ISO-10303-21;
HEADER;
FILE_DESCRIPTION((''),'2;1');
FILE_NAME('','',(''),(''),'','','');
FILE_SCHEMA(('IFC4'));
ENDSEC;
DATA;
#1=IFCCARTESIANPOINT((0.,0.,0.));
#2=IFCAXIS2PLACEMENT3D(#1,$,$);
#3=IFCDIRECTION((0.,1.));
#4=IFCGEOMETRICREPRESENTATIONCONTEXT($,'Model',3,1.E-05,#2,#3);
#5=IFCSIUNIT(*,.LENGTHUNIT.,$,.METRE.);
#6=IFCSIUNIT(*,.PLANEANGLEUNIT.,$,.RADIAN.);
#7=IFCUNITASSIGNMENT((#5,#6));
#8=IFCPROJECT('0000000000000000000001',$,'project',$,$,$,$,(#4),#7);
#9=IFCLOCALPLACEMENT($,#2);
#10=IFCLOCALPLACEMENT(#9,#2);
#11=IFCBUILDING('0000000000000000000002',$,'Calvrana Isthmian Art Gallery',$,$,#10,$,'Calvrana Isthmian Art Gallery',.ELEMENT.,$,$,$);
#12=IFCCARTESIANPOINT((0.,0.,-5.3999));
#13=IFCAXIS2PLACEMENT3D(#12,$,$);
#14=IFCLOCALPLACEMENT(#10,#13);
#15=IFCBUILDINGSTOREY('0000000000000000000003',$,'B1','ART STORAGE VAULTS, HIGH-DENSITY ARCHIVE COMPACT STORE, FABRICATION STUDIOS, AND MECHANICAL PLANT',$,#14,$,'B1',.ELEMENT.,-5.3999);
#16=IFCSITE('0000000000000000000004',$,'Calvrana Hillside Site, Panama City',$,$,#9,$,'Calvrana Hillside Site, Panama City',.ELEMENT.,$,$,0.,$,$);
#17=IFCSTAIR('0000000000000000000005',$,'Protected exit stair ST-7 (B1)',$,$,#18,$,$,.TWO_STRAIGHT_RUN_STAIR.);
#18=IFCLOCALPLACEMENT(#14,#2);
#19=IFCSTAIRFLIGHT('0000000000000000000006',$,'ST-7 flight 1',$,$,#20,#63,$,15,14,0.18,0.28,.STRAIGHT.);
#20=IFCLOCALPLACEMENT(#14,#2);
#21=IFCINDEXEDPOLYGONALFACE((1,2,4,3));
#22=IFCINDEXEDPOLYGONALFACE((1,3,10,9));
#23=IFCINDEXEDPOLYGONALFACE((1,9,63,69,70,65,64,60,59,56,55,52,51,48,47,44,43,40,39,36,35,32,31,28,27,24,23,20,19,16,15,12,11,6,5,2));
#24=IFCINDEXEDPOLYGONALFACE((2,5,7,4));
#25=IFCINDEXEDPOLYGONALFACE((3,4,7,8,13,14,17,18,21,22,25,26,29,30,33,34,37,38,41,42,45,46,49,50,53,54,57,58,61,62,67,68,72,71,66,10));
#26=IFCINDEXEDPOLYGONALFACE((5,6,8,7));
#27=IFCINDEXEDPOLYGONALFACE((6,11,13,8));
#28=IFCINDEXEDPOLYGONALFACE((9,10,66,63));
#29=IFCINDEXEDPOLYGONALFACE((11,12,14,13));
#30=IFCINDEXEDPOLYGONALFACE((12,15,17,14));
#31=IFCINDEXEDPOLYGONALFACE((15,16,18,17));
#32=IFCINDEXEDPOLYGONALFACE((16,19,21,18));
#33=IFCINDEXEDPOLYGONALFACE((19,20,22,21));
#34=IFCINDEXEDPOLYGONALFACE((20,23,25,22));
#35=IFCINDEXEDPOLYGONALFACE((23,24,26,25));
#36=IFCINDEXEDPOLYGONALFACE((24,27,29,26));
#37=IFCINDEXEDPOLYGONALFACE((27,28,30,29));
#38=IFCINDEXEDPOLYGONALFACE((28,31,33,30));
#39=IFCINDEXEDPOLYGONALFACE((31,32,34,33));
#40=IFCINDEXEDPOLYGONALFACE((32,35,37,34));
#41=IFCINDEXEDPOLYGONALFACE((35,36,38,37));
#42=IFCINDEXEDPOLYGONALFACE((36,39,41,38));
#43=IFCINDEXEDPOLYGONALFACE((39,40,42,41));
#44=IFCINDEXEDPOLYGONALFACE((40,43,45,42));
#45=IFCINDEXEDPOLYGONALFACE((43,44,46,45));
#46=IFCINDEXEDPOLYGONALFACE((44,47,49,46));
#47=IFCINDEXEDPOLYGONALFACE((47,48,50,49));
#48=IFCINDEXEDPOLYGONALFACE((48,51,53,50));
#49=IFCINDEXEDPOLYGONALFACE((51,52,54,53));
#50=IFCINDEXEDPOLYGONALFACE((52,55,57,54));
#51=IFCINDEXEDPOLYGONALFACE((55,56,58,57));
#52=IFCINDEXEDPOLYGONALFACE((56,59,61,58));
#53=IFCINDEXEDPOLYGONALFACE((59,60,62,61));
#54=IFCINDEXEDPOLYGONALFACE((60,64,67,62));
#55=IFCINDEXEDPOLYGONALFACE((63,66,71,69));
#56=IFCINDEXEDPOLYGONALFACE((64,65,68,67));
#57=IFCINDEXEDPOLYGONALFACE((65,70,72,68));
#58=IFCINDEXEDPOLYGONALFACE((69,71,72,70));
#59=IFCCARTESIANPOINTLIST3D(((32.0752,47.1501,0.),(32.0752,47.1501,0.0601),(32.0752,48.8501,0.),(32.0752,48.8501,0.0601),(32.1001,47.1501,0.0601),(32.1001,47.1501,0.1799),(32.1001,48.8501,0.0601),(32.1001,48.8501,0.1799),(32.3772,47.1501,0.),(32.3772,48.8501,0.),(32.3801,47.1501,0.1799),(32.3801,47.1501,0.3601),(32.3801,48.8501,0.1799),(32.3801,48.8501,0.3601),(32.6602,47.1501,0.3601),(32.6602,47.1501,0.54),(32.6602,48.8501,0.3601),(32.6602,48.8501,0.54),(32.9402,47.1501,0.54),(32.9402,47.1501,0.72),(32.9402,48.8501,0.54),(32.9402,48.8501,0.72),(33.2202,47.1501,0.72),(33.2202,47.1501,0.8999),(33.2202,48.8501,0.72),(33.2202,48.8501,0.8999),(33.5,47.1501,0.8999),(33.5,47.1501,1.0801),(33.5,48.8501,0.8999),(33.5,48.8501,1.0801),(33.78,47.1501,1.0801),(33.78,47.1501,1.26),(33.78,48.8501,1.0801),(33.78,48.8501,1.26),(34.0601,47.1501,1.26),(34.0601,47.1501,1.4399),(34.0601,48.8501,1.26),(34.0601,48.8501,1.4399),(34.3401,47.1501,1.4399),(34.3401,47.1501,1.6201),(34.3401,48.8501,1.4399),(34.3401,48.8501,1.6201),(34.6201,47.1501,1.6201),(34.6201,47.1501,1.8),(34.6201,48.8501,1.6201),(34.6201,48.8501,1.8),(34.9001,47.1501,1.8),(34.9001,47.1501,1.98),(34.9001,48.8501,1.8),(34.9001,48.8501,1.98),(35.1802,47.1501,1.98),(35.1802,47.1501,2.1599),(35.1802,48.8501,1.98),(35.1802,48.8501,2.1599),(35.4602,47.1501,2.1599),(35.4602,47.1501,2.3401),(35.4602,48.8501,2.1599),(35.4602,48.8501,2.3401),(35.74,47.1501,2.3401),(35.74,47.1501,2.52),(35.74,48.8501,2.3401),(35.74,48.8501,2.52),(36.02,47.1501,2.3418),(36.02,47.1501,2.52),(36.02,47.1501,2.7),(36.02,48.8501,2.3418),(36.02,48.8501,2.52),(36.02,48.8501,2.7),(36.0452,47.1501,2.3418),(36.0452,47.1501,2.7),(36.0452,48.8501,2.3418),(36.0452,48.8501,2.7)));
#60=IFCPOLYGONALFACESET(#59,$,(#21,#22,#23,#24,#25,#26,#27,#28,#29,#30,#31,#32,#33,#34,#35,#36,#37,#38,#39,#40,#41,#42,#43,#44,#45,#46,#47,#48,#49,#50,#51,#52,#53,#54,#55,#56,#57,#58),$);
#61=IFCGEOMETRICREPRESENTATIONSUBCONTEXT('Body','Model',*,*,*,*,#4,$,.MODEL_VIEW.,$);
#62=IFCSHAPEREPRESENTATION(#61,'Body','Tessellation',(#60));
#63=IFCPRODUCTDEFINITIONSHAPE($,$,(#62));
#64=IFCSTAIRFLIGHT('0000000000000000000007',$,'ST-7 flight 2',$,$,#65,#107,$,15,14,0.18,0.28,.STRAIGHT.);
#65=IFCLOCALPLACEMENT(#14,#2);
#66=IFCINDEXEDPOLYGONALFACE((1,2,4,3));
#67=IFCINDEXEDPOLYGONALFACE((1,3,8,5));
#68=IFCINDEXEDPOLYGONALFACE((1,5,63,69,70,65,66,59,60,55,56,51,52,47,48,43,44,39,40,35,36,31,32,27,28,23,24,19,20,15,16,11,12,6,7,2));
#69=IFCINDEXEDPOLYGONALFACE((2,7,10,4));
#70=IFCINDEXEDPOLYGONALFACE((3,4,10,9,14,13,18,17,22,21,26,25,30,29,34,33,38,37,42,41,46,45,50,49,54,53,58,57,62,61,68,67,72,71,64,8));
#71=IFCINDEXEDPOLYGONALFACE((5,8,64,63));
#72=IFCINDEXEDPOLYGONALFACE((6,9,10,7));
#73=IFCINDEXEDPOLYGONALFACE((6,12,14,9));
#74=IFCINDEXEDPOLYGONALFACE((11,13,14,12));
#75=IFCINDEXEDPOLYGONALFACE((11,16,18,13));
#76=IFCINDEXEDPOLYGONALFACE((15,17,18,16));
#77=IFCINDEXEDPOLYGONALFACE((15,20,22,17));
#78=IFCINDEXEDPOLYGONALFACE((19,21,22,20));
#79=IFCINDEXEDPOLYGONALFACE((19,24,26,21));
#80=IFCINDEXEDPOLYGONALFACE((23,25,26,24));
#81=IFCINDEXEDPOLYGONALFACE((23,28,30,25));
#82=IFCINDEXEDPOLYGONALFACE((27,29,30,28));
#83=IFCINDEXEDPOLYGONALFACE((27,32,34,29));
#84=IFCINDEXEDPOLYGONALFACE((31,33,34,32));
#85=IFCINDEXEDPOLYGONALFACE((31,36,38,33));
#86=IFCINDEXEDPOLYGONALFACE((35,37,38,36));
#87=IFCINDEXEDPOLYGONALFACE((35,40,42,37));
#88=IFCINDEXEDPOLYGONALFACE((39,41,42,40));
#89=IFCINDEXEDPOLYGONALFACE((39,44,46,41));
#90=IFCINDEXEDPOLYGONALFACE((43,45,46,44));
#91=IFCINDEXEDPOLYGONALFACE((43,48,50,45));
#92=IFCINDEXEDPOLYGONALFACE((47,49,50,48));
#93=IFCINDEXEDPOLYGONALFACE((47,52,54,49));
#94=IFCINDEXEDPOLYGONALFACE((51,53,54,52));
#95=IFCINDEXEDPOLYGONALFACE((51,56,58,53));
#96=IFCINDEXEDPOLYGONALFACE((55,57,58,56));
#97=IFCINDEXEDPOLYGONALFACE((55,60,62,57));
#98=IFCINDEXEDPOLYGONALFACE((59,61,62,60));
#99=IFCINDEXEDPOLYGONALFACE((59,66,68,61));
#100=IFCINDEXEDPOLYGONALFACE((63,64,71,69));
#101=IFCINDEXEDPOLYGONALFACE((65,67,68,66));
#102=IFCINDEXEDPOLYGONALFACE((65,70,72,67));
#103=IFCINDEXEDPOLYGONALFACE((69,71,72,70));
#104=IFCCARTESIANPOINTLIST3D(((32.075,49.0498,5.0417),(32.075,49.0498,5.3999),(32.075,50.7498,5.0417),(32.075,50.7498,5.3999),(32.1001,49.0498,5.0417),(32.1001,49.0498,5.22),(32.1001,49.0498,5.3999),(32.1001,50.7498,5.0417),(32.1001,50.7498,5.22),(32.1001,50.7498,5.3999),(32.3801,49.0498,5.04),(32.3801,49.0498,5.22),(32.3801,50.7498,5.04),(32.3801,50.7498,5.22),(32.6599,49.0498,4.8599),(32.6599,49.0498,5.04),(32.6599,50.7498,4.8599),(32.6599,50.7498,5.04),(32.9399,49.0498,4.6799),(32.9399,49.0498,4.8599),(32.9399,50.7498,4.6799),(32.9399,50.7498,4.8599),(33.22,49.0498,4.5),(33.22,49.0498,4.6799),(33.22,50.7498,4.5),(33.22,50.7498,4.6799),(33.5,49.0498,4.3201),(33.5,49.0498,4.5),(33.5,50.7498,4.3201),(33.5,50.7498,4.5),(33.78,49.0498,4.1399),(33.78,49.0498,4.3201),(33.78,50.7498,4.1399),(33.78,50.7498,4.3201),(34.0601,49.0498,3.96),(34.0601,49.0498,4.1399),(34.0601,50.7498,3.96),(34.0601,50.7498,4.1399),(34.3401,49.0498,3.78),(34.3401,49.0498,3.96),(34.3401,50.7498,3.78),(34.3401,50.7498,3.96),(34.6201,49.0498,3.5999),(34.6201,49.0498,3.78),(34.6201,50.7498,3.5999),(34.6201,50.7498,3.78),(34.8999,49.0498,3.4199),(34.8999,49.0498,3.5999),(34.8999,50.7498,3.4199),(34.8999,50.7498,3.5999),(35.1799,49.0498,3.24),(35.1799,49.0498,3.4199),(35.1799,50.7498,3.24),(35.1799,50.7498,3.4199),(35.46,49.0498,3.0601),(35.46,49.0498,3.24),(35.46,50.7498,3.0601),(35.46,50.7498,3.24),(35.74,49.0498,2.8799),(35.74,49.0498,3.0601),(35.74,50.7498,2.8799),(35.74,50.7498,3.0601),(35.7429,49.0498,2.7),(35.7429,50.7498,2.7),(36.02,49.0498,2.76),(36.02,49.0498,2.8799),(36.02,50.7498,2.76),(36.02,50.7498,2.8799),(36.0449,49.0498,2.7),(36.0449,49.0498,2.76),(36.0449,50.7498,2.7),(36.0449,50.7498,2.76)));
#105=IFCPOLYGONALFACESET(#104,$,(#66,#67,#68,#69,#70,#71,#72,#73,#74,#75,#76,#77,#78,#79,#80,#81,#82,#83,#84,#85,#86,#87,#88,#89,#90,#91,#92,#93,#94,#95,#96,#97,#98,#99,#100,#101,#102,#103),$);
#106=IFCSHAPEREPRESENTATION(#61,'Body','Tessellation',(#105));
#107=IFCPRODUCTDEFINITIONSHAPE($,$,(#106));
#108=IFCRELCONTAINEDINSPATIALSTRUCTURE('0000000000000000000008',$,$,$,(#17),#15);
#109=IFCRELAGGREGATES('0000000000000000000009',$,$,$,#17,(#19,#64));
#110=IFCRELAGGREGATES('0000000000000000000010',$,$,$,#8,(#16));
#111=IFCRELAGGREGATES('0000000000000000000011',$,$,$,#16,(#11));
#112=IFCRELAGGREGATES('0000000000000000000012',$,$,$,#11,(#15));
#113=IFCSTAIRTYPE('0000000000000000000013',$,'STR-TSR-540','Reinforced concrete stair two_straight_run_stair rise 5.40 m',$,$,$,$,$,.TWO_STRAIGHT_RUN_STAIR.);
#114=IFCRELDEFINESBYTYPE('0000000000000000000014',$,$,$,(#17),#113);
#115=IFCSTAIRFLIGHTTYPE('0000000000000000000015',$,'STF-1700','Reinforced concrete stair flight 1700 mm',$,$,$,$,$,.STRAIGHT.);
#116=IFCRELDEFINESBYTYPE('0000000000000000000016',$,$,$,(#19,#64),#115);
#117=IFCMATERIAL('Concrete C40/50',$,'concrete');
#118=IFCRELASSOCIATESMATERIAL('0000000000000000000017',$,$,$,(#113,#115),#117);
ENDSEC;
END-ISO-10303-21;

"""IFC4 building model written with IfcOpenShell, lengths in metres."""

from ifc_helpers import new_model, si_unit, direction, frame, origin, place, context, subcontext, project, spatial, polyline, outline, extrude, material, type_object, element, aggregate, save


model = new_model("IFC4")

# Units and contexts
model_context = context("Model", 3, precision=1e-05, world=origin(), true_north=direction((0.0, 1.0)))
body_context = subcontext(model_context, "Body", "Model", "MODEL_VIEW")
ifc_project = project(units=[si_unit("LENGTHUNIT", "METRE"), si_unit("PLANEANGLEUNIT", "RADIAN")], contexts=[model_context])

# Site, building, storey
site_placement = place(None, origin())
site = spatial("IfcSite", under=ifc_project, at=site_placement, Name="Calvrana Hillside Site, Panama City", LongName="Calvrana Hillside Site, Panama City", CompositionType="ELEMENT", RefElevation=0.0)
building_placement = place(site_placement, origin())
building = spatial("IfcBuilding", under=site, at=building_placement, Name="Calvrana Isthmian Art Gallery", LongName="Calvrana Isthmian Art Gallery", CompositionType="ELEMENT")
storey_placement = place(building_placement, frame((0.0, 0.0, -5.3999)))
storey = spatial("IfcBuildingStorey", under=building, at=storey_placement, Name="B1", Description="ART STORAGE VAULTS, HIGH-DENSITY ARCHIVE COMPACT STORE, FABRICATION STUDIOS, AND MECHANICAL PLANT", LongName="B1", CompositionType="ELEMENT", Elevation=-5.3999)

# Shared definitions
ifc_material_1 = material(Name="Concrete C40/50", Category="concrete")

# Stair, stair flights
stair_type = type_object("IfcStairType", Name="STR-TSR-540", Description="Reinforced concrete stair two_straight_run_stair rise 5.40 m", PredefinedType="TWO_STRAIGHT_RUN_STAIR", material=ifc_material_1)
stair_placement = place(storey_placement, origin())
stair = element("IfcStair", 1, at=stair_placement, inside=storey, type_object=stair_type, Name="Protected exit stair ST-7 (B1)", PredefinedType="TWO_STRAIGHT_RUN_STAIR")
stair_flight_type = type_object("IfcStairFlightType", Name="STF-1700", Description="Reinforced concrete stair flight 1700 mm", PredefinedType="STRAIGHT", material=ifc_material_1)
stair_flight_1_placement = place(storey_placement, frame((32.1001, 48.0, 0.0), z_axis=(0.0, 0.0, 1.0), x_axis=(1.0, 0.0, 0.0)))
stair_flight_1 = element("IfcStairFlight", 2, at=stair_flight_1_placement, type_object=stair_flight_type, Name="ST-7 flight 1", NumberOfRisers=15, NumberOfTreads=14, PredefinedType="STRAIGHT", RiserHeight=0.18, TreadLength=0.28, context=body_context, shape_type="SweptSolid", body=[
    extrude(outline(polyline([(-0.0249, 0.0), (-0.0249, 0.0601), (0.0, 0.0601), (0.0, 0.1799), (0.28, 0.1799), (0.28, 0.3601), (0.5601, 0.3601), (0.5601, 0.54), (0.8401, 0.54), (0.8401, 0.72), (1.1201, 0.72), (1.1201, 0.8999), (1.3999, 0.8999), (1.3999, 1.0801), (1.6799, 1.0801), (1.6799, 1.26), (1.96, 1.26), (1.96, 1.4399), (2.24, 1.4399), (2.24, 1.6201), (2.52, 1.6201), (2.52, 1.8), (2.8, 1.8), (2.8, 1.98), (3.0801, 1.98), (3.0801, 2.1599), (3.3601, 2.1599), (3.3601, 2.3401), (3.6399, 2.3401), (3.6399, 2.52), (3.9199, 2.52), (3.9199, 2.7), (3.9451, 2.7), (3.9451, 2.3418), (3.9199, 2.3418), (0.2771, 0.0), (-0.0249, 0.0)])), frame((0.0, 0.8501, 0.0), z_axis=(0.0, -1.0, 0.0), x_axis=(1.0, 0.0, 0.0)), (0.0, 0.0, 1.0), 1.7),
])
stair_flight_2_placement = place(storey_placement, frame((36.02, 49.8999, 2.7), z_axis=(0.0, 0.0, 1.0), x_axis=(-1.0, 0.0, 0.0)))
stair_flight_2 = element("IfcStairFlight", 3, at=stair_flight_2_placement, type_object=stair_flight_type, Name="ST-7 flight 2", NumberOfRisers=15, NumberOfTreads=14, PredefinedType="STRAIGHT", RiserHeight=0.18, TreadLength=0.28, context=body_context, shape_type="SweptSolid", body=[
    extrude(outline(polyline([(-0.0249, 0.0), (-0.0249, 0.0601), (0.0, 0.0601), (0.0, 0.1799), (0.28, 0.1799), (0.28, 0.3601), (0.5601, 0.3601), (0.5601, 0.54), (0.8401, 0.54), (0.8401, 0.72), (1.1201, 0.72), (1.1201, 0.8999), (1.3999, 0.8999), (1.3999, 1.0801), (1.6799, 1.0801), (1.6799, 1.26), (1.96, 1.26), (1.96, 1.4399), (2.24, 1.4399), (2.24, 1.6201), (2.52, 1.6201), (2.52, 1.8), (2.8, 1.8), (2.8, 1.98), (3.0801, 1.98), (3.0801, 2.1599), (3.3601, 2.1599), (3.3601, 2.3401), (3.6399, 2.3401), (3.6399, 2.52), (3.9199, 2.52), (3.9199, 2.7), (3.9451, 2.7), (3.9451, 2.3418), (3.9199, 2.3418), (0.2771, 0.0), (-0.0249, 0.0)])), frame((0.0, 0.8501, 0.0), z_axis=(0.0, -1.0, 0.0), x_axis=(1.0, 0.0, 0.0)), (0.0, 0.0, 1.0), 1.7),
])
aggregate(stair, [stair_flight_1, stair_flight_2])

save(model, "model.ifc")
